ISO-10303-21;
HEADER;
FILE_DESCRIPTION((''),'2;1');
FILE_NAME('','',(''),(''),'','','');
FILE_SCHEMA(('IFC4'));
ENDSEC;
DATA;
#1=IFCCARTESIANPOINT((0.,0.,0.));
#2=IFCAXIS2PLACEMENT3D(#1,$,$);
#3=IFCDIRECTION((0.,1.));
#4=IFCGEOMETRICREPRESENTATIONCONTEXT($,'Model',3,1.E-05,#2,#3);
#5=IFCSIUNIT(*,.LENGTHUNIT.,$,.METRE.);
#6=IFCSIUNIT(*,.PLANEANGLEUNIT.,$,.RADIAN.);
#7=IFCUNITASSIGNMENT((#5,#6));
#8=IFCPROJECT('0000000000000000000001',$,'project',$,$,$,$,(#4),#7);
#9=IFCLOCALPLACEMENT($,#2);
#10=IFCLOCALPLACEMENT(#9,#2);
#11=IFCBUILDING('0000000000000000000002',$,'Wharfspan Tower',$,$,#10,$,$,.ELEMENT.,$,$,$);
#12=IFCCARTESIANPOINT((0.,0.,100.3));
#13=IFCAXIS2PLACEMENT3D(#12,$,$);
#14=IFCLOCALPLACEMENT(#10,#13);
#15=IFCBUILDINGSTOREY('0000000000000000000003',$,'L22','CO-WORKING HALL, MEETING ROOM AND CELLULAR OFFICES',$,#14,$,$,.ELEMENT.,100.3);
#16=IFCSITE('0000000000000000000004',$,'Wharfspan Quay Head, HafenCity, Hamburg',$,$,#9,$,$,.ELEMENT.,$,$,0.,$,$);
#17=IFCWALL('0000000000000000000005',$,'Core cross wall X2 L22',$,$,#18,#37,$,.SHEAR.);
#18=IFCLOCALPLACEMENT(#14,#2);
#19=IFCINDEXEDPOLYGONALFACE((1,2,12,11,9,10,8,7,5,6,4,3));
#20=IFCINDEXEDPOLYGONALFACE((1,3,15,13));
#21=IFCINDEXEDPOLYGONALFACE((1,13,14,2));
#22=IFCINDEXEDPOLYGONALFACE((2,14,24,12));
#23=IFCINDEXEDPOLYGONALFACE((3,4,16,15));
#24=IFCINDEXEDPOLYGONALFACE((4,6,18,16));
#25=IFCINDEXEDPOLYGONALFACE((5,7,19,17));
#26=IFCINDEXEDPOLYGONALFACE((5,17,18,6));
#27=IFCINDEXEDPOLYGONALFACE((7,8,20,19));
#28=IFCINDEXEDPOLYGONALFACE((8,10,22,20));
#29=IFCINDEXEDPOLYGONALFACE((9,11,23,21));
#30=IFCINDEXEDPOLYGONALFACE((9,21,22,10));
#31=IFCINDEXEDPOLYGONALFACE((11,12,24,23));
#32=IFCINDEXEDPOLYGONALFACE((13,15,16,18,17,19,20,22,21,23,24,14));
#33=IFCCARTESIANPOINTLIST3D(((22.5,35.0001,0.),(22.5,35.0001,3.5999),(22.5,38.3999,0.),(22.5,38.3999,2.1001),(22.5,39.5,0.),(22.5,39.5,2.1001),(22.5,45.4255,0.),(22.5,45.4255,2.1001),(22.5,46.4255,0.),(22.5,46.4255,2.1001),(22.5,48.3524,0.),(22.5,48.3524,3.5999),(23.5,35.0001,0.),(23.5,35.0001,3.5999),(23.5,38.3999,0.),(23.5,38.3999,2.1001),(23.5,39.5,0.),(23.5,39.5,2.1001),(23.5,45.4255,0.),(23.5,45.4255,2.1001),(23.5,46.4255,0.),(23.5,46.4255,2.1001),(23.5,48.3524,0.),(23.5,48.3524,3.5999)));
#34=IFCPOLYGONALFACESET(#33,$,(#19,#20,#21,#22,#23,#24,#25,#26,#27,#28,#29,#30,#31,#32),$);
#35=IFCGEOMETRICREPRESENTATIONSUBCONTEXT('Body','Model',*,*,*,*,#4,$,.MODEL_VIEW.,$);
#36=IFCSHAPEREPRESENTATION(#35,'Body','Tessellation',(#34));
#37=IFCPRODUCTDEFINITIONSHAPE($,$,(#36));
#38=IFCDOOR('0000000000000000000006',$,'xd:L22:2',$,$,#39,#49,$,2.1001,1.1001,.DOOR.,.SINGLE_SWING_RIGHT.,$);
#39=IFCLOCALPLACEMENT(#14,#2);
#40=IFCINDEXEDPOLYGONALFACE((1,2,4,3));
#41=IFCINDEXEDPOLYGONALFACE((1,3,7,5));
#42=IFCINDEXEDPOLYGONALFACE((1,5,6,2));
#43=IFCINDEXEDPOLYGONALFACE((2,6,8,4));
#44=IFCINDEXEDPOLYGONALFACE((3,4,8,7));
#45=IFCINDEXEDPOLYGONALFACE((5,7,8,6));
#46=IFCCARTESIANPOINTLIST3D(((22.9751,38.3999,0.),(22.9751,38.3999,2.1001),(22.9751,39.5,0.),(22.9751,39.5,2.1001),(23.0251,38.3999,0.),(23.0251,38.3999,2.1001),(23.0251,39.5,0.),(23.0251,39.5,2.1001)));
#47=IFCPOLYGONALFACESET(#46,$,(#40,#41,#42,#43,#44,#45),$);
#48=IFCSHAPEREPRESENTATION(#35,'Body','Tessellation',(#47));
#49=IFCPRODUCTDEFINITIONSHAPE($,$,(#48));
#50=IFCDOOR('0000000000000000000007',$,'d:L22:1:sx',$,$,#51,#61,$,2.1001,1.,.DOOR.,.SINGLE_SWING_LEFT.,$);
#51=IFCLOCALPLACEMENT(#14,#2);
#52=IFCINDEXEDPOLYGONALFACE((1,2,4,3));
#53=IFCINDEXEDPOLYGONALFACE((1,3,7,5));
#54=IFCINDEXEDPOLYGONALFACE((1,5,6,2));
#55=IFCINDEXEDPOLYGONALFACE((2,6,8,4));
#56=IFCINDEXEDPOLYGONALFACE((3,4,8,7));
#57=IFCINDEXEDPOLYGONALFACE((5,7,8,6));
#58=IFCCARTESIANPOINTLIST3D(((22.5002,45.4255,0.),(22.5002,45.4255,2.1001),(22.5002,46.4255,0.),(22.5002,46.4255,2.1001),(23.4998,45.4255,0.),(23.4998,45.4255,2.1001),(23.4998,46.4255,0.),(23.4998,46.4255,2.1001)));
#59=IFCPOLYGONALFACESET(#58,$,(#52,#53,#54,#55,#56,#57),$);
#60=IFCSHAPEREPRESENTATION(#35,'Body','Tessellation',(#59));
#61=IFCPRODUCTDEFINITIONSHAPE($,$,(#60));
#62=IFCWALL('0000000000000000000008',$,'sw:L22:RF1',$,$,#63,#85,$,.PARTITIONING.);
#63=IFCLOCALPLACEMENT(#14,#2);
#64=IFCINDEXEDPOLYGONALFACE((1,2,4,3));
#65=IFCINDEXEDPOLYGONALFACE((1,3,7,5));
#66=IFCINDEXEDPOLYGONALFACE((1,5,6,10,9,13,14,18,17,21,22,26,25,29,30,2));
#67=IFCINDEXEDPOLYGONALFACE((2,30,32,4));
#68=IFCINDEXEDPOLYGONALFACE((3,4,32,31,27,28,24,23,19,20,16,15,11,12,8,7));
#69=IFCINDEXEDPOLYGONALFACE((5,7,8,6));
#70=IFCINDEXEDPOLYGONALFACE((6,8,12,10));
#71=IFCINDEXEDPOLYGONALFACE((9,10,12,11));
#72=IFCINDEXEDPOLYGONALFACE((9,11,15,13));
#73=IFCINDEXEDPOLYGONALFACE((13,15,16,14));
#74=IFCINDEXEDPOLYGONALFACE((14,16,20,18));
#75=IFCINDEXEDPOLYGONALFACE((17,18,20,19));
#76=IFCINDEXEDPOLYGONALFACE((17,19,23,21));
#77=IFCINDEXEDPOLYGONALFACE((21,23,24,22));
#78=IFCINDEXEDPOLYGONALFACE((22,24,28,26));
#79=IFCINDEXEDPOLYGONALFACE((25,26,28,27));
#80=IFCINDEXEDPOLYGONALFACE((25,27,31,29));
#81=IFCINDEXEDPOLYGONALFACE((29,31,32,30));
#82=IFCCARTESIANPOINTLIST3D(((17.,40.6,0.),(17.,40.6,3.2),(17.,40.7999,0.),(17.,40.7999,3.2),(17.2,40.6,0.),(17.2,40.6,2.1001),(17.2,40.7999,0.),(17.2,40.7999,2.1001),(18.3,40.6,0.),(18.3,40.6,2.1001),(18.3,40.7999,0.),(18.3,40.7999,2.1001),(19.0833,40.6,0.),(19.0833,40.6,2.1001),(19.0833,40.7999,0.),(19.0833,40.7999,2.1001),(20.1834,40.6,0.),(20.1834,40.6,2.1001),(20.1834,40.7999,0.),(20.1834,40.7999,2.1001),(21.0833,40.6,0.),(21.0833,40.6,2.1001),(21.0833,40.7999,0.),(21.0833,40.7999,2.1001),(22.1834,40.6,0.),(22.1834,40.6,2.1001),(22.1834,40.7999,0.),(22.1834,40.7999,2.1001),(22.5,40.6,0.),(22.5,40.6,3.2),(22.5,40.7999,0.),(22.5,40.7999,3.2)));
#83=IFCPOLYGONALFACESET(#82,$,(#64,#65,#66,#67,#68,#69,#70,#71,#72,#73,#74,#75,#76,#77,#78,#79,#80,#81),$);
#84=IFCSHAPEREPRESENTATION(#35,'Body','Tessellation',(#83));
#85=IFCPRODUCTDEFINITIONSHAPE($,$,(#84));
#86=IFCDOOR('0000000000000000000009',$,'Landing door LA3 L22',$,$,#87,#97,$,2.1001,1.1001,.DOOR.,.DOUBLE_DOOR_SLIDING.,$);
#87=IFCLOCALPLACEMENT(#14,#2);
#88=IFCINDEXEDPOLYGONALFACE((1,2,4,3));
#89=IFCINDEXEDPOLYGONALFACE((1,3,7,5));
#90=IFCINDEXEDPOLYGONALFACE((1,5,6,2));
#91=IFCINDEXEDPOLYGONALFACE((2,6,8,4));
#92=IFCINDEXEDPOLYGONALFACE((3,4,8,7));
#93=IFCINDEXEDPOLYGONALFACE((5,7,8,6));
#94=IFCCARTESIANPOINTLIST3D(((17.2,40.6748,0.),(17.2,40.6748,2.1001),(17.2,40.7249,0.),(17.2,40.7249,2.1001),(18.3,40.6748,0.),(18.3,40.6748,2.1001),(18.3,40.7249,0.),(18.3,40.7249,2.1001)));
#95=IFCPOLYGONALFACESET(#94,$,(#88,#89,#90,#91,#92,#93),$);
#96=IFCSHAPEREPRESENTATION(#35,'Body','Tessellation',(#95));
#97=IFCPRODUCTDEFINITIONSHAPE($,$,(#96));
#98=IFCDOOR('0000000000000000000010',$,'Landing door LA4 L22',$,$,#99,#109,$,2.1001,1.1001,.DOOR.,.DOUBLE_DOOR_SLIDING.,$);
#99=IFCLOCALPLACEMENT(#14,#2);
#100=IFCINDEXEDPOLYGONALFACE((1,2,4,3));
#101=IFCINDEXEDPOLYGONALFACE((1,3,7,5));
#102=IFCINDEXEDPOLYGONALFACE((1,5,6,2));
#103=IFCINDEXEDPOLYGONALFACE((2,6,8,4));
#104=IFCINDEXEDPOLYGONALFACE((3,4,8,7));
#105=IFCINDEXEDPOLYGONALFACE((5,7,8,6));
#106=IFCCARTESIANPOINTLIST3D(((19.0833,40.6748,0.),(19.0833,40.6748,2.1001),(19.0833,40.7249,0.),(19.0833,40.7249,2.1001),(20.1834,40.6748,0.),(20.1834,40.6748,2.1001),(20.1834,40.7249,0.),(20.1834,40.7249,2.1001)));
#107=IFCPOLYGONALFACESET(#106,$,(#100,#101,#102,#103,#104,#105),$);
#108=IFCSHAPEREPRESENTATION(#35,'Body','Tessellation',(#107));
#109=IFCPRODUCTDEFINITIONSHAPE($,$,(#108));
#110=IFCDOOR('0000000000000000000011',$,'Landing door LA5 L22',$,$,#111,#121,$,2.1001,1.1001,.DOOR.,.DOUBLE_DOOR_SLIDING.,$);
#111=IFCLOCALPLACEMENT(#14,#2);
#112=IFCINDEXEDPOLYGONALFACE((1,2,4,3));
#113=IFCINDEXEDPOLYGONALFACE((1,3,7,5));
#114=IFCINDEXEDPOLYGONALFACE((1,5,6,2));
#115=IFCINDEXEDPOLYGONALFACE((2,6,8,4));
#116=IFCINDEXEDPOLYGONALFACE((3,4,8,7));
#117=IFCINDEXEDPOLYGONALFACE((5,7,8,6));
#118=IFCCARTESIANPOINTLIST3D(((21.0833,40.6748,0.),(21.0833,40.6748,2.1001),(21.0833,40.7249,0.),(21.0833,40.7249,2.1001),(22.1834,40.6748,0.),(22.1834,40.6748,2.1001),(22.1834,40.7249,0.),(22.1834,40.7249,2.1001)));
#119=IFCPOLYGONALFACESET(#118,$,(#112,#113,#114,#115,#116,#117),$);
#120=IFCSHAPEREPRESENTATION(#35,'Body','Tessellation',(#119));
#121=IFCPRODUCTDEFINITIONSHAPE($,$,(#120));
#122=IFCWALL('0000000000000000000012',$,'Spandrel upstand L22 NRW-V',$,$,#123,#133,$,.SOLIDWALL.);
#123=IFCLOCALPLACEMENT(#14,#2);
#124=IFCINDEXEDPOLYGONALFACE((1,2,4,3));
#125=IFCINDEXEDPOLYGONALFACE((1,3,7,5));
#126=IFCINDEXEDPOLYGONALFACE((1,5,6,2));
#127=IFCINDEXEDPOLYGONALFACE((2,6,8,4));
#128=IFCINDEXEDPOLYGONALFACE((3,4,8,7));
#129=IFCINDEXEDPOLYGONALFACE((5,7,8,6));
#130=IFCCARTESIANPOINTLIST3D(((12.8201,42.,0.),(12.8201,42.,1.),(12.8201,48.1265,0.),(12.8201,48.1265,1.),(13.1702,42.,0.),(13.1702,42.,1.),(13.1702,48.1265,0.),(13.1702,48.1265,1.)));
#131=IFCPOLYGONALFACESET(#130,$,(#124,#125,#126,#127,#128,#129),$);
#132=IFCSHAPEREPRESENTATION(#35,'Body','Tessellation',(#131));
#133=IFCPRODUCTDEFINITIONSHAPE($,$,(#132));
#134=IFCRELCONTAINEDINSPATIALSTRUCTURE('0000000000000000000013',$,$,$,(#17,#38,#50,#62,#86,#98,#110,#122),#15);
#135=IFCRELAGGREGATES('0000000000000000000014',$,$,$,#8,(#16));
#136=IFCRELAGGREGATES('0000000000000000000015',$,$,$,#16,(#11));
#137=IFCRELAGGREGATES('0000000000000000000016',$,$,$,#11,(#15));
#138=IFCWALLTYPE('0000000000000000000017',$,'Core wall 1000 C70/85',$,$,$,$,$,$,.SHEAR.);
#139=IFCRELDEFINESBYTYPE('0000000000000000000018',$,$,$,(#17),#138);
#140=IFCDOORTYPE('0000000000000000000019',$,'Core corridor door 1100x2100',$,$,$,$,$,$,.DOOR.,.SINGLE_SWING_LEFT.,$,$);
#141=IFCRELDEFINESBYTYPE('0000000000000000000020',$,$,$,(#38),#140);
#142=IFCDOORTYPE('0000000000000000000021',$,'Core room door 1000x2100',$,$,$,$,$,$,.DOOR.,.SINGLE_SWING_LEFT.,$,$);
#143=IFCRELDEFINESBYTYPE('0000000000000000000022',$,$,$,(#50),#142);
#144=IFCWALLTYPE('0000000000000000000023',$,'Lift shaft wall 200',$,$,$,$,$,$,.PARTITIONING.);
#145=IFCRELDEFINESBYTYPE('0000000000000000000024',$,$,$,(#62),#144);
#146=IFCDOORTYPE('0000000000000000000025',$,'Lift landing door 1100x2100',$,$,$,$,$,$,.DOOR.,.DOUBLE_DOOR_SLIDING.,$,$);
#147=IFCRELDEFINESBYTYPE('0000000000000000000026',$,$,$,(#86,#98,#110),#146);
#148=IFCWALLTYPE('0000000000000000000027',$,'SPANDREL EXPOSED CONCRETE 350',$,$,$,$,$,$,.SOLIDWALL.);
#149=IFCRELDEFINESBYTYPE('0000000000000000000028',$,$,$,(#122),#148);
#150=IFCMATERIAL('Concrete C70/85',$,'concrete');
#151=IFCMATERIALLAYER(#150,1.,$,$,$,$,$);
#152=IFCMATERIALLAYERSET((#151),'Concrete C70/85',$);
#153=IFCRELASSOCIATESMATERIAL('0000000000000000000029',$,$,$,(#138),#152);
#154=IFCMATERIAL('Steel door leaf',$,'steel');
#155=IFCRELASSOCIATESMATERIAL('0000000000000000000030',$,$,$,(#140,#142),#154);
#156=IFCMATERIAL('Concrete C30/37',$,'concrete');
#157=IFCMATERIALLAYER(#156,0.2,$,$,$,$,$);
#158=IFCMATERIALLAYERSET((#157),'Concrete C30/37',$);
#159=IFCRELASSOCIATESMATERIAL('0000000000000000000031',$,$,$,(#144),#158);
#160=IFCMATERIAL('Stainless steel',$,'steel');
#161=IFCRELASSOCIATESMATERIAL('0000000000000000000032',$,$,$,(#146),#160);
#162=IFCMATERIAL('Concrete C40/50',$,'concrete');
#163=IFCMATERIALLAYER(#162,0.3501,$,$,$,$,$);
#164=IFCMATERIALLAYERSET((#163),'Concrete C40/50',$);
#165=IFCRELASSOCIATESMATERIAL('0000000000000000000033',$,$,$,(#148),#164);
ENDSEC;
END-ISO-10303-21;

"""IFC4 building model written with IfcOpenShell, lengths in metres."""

from ifc_helpers import new_model, si_unit, direction, frame, frame_2d, origin, place, context, subcontext, project, spatial, rectangle, extrude, material, layer, layer_set, type_object, element, fill, save


model = new_model("IFC4")

# Units and contexts
model_context = context("Model", 3, precision=1e-05, world=origin(), true_north=direction((0.0, 1.0)))
body_context = subcontext(model_context, "Body", "Model", "MODEL_VIEW")
ifc_project = project(units=[si_unit("LENGTHUNIT", "METRE"), si_unit("PLANEANGLEUNIT", "RADIAN")], contexts=[model_context])

# Site, building, storey
site_placement = place(None, origin())
site = spatial("IfcSite", under=ifc_project, at=site_placement, Name="Wharfspan Quay Head, HafenCity, Hamburg", CompositionType="ELEMENT", RefElevation=0.0)
building_placement = place(site_placement, origin())
building = spatial("IfcBuilding", under=site, at=building_placement, Name="Wharfspan Tower", CompositionType="ELEMENT")
storey_placement = place(building_placement, frame((0.0, 0.0, 100.3)))
storey = spatial("IfcBuildingStorey", under=building, at=storey_placement, Name="L22", Description="CO-WORKING HALL, MEETING ROOM AND CELLULAR OFFICES", CompositionType="ELEMENT", Elevation=100.3)

# Shared definitions
ifc_material_1 = material(Name="Concrete C70/85", Category="concrete")

# Shared definitions
ifc_layer_1 = layer(ifc_material_1, 1.0)
ifc_layer_set_1 = layer_set([ifc_layer_1], Name="Concrete C70/85")
wall_type_1 = type_object("IfcWallType", Name="Core wall 1000 C70/85", PredefinedType="SHEAR", material=ifc_layer_set_1)

# Walls, openings, doors
wall_1_placement = place(storey_placement, frame((23.0, 35.0, 0.0), z_axis=(0.0, 0.0, 1.0), x_axis=(0.0, 1.0, 0.0)))
wall_1 = element("IfcWall", 1, at=wall_1_placement, inside=storey, type_object=wall_type_1, Name="Core cross wall X2 L22", PredefinedType="SHEAR", context=body_context, shape_type="SweptSolid", body=[
    extrude(rectangle(XDim=13.3523, YDim=1.0, at=frame_2d((6.6763, 0.0))), origin(), (0.0, 0.0, 1.0), 3.5999),
])
opening_1_placement = place(wall_1_placement, frame((10.4255, 0.0, 0.0)))
opening_1 = element("IfcOpeningElement", 2, at=opening_1_placement, cuts=wall_1, PredefinedType="OPENING", context=body_context, shape_type="SweptSolid", body=[
    extrude(rectangle(XDim=1.0, YDim=2.1001, at=frame_2d((0.5, 1.05))), frame((0.0, 0.51, 0.0), z_axis=(0.0, -1.0, 0.0), x_axis=(1.0, 0.0, 0.0)), (0.0, 0.0, 1.0), 1.02),
])
opening_2_placement = place(wall_1_placement, frame((3.3999, 0.0, 0.0)))
opening_2 = element("IfcOpeningElement", 3, at=opening_2_placement, cuts=wall_1, PredefinedType="OPENING", context=body_context, shape_type="SweptSolid", body=[
    extrude(rectangle(XDim=1.1001, YDim=2.1001, at=frame_2d((0.55, 1.05))), frame((0.0, 0.51, 0.0), z_axis=(0.0, -1.0, 0.0), x_axis=(1.0, 0.0, 0.0)), (0.0, 0.0, 1.0), 1.02),
])
ifc_material_2 = material(Name="Steel door leaf", Category="steel")
door_type_1 = type_object("IfcDoorType", Name="Core corridor door 1100x2100", OperationType="SINGLE_SWING_LEFT", PredefinedType="DOOR", material=ifc_material_2)
door_1_placement = place(opening_2_placement, origin())
door_1 = element("IfcDoor", 4, at=door_1_placement, inside=storey, type_object=door_type_1, Name="xd:L22:2", OperationType="SINGLE_SWING_RIGHT", OverallHeight=2.1001, OverallWidth=1.1001, PredefinedType="DOOR", context=body_context, shape_type="SweptSolid", body=[
    extrude(rectangle(XDim=1.1001, YDim=2.1001, at=frame_2d((0.55, 1.05))), frame((0.0, 0.0249, 0.0), z_axis=(0.0, -1.0, 0.0), x_axis=(1.0, 0.0, 0.0)), (0.0, 0.0, 1.0), 0.05),
])
fill(opening_2, door_1)
door_type_2 = type_object("IfcDoorType", Name="Core room door 1000x2100", OperationType="SINGLE_SWING_LEFT", PredefinedType="DOOR", material=ifc_material_2)
door_2_placement = place(opening_1_placement, origin())
door_2 = element("IfcDoor", 5, at=door_2_placement, inside=storey, type_object=door_type_2, Name="d:L22:1:sx", OperationType="SINGLE_SWING_LEFT", OverallHeight=2.1001, OverallWidth=1.0, PredefinedType="DOOR", context=body_context, shape_type="SweptSolid", body=[
    extrude(rectangle(XDim=1.0, YDim=2.1001, at=frame_2d((0.5, 1.05))), frame((0.0, 0.4998, 0.0), z_axis=(0.0, -1.0, 0.0), x_axis=(1.0, 0.0, 0.0)), (0.0, 0.0, 1.0), 0.9995),
])
fill(opening_1, door_2)
ifc_material_3 = material(Name="Concrete C30/37", Category="concrete")
ifc_layer_2 = layer(ifc_material_3, 0.2)
ifc_layer_set_2 = layer_set([ifc_layer_2], Name="Concrete C30/37")
wall_type_2 = type_object("IfcWallType", Name="Lift shaft wall 200", PredefinedType="PARTITIONING", material=ifc_layer_set_2)
wall_2_placement = place(storey_placement, frame((17.0, 40.7, 0.0), z_axis=(0.0, 0.0, 1.0), x_axis=(1.0, 0.0, 0.0)))
wall_2 = element("IfcWall", 6, at=wall_2_placement, inside=storey, type_object=wall_type_2, Name="sw:L22:RF1", PredefinedType="PARTITIONING", context=body_context, shape_type="SweptSolid", body=[
    extrude(rectangle(XDim=5.5, YDim=0.2, at=frame_2d((2.75, 0.0))), origin(), (0.0, 0.0, 1.0), 3.2),
])
opening_3_placement = place(wall_2_placement, frame((0.2, 0.0, 0.0)))
opening_3 = element("IfcOpeningElement", 7, at=opening_3_placement, cuts=wall_2, PredefinedType="OPENING", context=body_context, shape_type="SweptSolid", body=[
    extrude(rectangle(XDim=1.1001, YDim=2.1001, at=frame_2d((0.55, 1.05))), frame((0.0, 0.1099, 0.0), z_axis=(0.0, -1.0, 0.0), x_axis=(1.0, 0.0, 0.0)), (0.0, 0.0, 1.0), 0.22),
])
opening_4_placement = place(wall_2_placement, frame((2.0833, 0.0, 0.0)))
opening_4 = element("IfcOpeningElement", 8, at=opening_4_placement, cuts=wall_2, PredefinedType="OPENING", context=body_context, shape_type="SweptSolid", body=[
    extrude(rectangle(XDim=1.1001, YDim=2.1001, at=frame_2d((0.55, 1.05))), frame((0.0, 0.1099, 0.0), z_axis=(0.0, -1.0, 0.0), x_axis=(1.0, 0.0, 0.0)), (0.0, 0.0, 1.0), 0.22),
])
opening_5_placement = place(wall_2_placement, frame((4.0833, 0.0, 0.0)))
opening_5 = element("IfcOpeningElement", 9, at=opening_5_placement, cuts=wall_2, PredefinedType="OPENING", context=body_context, shape_type="SweptSolid", body=[
    extrude(rectangle(XDim=1.1001, YDim=2.1001, at=frame_2d((0.55, 1.05))), frame((0.0, 0.1099, 0.0), z_axis=(0.0, -1.0, 0.0), x_axis=(1.0, 0.0, 0.0)), (0.0, 0.0, 1.0), 0.22),
])
ifc_material_4 = material(Name="Stainless steel", Category="steel")
door_type_3 = type_object("IfcDoorType", Name="Lift landing door 1100x2100", OperationType="DOUBLE_DOOR_SLIDING", PredefinedType="DOOR", material=ifc_material_4)
door_3_placement = place(opening_3_placement, origin())
door_3 = element("IfcDoor", 10, at=door_3_placement, inside=storey, type_object=door_type_3, Name="Landing door LA3 L22", OperationType="DOUBLE_DOOR_SLIDING", OverallHeight=2.1001, OverallWidth=1.1001, PredefinedType="DOOR", context=body_context, shape_type="SweptSolid", body=[
    extrude(rectangle(XDim=1.1001, YDim=2.1001, at=frame_2d((0.55, 1.05))), frame((0.0, 0.0249, 0.0), z_axis=(0.0, -1.0, 0.0), x_axis=(1.0, 0.0, 0.0)), (0.0, 0.0, 1.0), 0.05),
])
fill(opening_3, door_3)
door_4_placement = place(opening_4_placement, origin())
door_4 = element("IfcDoor", 11, at=door_4_placement, inside=storey, type_object=door_type_3, Name="Landing door LA4 L22", OperationType="DOUBLE_DOOR_SLIDING", OverallHeight=2.1001, OverallWidth=1.1001, PredefinedType="DOOR", context=body_context, shape_type="SweptSolid", body=[
    extrude(rectangle(XDim=1.1001, YDim=2.1001, at=frame_2d((0.55, 1.05))), frame((0.0, 0.0249, 0.0), z_axis=(0.0, -1.0, 0.0), x_axis=(1.0, 0.0, 0.0)), (0.0, 0.0, 1.0), 0.05),
])
fill(opening_4, door_4)
door_5_placement = place(opening_5_placement, origin())
door_5 = element("IfcDoor", 12, at=door_5_placement, inside=storey, type_object=door_type_3, Name="Landing door LA5 L22", OperationType="DOUBLE_DOOR_SLIDING", OverallHeight=2.1001, OverallWidth=1.1001, PredefinedType="DOOR", context=body_context, shape_type="SweptSolid", body=[
    extrude(rectangle(XDim=1.1001, YDim=2.1001, at=frame_2d((0.55, 1.05))), frame((0.0, 0.0249, 0.0), z_axis=(0.0, -1.0, 0.0), x_axis=(1.0, 0.0, 0.0)), (0.0, 0.0, 1.0), 0.05),
])
fill(opening_5, door_5)

# Wall
ifc_material_5 = material(Name="Concrete C40/50", Category="concrete")
ifc_layer_3 = layer(ifc_material_5, 0.3501)
ifc_layer_set_3 = layer_set([ifc_layer_3], Name="Concrete C40/50")
wall_type_3 = type_object("IfcWallType", Name="SPANDREL EXPOSED CONCRETE 350", PredefinedType="SOLIDWALL", material=ifc_layer_set_3)
wall_3_placement = place(storey_placement, frame((12.9951, 48.1265, 0.0), z_axis=(0.0, 0.0, 1.0), x_axis=(0.0, -1.0, 0.0)))
element("IfcWall", 13, at=wall_3_placement, inside=storey, type_object=wall_type_3, Name="Spandrel upstand L22 NRW-V", PredefinedType="SOLIDWALL", context=body_context, shape_type="SweptSolid", body=[
    extrude(rectangle(XDim=6.1265, YDim=0.3501, at=frame_2d((3.0632, 0.0))), origin(), (0.0, 0.0, 1.0), 1.0),
])

save(model, "model.ifc")
